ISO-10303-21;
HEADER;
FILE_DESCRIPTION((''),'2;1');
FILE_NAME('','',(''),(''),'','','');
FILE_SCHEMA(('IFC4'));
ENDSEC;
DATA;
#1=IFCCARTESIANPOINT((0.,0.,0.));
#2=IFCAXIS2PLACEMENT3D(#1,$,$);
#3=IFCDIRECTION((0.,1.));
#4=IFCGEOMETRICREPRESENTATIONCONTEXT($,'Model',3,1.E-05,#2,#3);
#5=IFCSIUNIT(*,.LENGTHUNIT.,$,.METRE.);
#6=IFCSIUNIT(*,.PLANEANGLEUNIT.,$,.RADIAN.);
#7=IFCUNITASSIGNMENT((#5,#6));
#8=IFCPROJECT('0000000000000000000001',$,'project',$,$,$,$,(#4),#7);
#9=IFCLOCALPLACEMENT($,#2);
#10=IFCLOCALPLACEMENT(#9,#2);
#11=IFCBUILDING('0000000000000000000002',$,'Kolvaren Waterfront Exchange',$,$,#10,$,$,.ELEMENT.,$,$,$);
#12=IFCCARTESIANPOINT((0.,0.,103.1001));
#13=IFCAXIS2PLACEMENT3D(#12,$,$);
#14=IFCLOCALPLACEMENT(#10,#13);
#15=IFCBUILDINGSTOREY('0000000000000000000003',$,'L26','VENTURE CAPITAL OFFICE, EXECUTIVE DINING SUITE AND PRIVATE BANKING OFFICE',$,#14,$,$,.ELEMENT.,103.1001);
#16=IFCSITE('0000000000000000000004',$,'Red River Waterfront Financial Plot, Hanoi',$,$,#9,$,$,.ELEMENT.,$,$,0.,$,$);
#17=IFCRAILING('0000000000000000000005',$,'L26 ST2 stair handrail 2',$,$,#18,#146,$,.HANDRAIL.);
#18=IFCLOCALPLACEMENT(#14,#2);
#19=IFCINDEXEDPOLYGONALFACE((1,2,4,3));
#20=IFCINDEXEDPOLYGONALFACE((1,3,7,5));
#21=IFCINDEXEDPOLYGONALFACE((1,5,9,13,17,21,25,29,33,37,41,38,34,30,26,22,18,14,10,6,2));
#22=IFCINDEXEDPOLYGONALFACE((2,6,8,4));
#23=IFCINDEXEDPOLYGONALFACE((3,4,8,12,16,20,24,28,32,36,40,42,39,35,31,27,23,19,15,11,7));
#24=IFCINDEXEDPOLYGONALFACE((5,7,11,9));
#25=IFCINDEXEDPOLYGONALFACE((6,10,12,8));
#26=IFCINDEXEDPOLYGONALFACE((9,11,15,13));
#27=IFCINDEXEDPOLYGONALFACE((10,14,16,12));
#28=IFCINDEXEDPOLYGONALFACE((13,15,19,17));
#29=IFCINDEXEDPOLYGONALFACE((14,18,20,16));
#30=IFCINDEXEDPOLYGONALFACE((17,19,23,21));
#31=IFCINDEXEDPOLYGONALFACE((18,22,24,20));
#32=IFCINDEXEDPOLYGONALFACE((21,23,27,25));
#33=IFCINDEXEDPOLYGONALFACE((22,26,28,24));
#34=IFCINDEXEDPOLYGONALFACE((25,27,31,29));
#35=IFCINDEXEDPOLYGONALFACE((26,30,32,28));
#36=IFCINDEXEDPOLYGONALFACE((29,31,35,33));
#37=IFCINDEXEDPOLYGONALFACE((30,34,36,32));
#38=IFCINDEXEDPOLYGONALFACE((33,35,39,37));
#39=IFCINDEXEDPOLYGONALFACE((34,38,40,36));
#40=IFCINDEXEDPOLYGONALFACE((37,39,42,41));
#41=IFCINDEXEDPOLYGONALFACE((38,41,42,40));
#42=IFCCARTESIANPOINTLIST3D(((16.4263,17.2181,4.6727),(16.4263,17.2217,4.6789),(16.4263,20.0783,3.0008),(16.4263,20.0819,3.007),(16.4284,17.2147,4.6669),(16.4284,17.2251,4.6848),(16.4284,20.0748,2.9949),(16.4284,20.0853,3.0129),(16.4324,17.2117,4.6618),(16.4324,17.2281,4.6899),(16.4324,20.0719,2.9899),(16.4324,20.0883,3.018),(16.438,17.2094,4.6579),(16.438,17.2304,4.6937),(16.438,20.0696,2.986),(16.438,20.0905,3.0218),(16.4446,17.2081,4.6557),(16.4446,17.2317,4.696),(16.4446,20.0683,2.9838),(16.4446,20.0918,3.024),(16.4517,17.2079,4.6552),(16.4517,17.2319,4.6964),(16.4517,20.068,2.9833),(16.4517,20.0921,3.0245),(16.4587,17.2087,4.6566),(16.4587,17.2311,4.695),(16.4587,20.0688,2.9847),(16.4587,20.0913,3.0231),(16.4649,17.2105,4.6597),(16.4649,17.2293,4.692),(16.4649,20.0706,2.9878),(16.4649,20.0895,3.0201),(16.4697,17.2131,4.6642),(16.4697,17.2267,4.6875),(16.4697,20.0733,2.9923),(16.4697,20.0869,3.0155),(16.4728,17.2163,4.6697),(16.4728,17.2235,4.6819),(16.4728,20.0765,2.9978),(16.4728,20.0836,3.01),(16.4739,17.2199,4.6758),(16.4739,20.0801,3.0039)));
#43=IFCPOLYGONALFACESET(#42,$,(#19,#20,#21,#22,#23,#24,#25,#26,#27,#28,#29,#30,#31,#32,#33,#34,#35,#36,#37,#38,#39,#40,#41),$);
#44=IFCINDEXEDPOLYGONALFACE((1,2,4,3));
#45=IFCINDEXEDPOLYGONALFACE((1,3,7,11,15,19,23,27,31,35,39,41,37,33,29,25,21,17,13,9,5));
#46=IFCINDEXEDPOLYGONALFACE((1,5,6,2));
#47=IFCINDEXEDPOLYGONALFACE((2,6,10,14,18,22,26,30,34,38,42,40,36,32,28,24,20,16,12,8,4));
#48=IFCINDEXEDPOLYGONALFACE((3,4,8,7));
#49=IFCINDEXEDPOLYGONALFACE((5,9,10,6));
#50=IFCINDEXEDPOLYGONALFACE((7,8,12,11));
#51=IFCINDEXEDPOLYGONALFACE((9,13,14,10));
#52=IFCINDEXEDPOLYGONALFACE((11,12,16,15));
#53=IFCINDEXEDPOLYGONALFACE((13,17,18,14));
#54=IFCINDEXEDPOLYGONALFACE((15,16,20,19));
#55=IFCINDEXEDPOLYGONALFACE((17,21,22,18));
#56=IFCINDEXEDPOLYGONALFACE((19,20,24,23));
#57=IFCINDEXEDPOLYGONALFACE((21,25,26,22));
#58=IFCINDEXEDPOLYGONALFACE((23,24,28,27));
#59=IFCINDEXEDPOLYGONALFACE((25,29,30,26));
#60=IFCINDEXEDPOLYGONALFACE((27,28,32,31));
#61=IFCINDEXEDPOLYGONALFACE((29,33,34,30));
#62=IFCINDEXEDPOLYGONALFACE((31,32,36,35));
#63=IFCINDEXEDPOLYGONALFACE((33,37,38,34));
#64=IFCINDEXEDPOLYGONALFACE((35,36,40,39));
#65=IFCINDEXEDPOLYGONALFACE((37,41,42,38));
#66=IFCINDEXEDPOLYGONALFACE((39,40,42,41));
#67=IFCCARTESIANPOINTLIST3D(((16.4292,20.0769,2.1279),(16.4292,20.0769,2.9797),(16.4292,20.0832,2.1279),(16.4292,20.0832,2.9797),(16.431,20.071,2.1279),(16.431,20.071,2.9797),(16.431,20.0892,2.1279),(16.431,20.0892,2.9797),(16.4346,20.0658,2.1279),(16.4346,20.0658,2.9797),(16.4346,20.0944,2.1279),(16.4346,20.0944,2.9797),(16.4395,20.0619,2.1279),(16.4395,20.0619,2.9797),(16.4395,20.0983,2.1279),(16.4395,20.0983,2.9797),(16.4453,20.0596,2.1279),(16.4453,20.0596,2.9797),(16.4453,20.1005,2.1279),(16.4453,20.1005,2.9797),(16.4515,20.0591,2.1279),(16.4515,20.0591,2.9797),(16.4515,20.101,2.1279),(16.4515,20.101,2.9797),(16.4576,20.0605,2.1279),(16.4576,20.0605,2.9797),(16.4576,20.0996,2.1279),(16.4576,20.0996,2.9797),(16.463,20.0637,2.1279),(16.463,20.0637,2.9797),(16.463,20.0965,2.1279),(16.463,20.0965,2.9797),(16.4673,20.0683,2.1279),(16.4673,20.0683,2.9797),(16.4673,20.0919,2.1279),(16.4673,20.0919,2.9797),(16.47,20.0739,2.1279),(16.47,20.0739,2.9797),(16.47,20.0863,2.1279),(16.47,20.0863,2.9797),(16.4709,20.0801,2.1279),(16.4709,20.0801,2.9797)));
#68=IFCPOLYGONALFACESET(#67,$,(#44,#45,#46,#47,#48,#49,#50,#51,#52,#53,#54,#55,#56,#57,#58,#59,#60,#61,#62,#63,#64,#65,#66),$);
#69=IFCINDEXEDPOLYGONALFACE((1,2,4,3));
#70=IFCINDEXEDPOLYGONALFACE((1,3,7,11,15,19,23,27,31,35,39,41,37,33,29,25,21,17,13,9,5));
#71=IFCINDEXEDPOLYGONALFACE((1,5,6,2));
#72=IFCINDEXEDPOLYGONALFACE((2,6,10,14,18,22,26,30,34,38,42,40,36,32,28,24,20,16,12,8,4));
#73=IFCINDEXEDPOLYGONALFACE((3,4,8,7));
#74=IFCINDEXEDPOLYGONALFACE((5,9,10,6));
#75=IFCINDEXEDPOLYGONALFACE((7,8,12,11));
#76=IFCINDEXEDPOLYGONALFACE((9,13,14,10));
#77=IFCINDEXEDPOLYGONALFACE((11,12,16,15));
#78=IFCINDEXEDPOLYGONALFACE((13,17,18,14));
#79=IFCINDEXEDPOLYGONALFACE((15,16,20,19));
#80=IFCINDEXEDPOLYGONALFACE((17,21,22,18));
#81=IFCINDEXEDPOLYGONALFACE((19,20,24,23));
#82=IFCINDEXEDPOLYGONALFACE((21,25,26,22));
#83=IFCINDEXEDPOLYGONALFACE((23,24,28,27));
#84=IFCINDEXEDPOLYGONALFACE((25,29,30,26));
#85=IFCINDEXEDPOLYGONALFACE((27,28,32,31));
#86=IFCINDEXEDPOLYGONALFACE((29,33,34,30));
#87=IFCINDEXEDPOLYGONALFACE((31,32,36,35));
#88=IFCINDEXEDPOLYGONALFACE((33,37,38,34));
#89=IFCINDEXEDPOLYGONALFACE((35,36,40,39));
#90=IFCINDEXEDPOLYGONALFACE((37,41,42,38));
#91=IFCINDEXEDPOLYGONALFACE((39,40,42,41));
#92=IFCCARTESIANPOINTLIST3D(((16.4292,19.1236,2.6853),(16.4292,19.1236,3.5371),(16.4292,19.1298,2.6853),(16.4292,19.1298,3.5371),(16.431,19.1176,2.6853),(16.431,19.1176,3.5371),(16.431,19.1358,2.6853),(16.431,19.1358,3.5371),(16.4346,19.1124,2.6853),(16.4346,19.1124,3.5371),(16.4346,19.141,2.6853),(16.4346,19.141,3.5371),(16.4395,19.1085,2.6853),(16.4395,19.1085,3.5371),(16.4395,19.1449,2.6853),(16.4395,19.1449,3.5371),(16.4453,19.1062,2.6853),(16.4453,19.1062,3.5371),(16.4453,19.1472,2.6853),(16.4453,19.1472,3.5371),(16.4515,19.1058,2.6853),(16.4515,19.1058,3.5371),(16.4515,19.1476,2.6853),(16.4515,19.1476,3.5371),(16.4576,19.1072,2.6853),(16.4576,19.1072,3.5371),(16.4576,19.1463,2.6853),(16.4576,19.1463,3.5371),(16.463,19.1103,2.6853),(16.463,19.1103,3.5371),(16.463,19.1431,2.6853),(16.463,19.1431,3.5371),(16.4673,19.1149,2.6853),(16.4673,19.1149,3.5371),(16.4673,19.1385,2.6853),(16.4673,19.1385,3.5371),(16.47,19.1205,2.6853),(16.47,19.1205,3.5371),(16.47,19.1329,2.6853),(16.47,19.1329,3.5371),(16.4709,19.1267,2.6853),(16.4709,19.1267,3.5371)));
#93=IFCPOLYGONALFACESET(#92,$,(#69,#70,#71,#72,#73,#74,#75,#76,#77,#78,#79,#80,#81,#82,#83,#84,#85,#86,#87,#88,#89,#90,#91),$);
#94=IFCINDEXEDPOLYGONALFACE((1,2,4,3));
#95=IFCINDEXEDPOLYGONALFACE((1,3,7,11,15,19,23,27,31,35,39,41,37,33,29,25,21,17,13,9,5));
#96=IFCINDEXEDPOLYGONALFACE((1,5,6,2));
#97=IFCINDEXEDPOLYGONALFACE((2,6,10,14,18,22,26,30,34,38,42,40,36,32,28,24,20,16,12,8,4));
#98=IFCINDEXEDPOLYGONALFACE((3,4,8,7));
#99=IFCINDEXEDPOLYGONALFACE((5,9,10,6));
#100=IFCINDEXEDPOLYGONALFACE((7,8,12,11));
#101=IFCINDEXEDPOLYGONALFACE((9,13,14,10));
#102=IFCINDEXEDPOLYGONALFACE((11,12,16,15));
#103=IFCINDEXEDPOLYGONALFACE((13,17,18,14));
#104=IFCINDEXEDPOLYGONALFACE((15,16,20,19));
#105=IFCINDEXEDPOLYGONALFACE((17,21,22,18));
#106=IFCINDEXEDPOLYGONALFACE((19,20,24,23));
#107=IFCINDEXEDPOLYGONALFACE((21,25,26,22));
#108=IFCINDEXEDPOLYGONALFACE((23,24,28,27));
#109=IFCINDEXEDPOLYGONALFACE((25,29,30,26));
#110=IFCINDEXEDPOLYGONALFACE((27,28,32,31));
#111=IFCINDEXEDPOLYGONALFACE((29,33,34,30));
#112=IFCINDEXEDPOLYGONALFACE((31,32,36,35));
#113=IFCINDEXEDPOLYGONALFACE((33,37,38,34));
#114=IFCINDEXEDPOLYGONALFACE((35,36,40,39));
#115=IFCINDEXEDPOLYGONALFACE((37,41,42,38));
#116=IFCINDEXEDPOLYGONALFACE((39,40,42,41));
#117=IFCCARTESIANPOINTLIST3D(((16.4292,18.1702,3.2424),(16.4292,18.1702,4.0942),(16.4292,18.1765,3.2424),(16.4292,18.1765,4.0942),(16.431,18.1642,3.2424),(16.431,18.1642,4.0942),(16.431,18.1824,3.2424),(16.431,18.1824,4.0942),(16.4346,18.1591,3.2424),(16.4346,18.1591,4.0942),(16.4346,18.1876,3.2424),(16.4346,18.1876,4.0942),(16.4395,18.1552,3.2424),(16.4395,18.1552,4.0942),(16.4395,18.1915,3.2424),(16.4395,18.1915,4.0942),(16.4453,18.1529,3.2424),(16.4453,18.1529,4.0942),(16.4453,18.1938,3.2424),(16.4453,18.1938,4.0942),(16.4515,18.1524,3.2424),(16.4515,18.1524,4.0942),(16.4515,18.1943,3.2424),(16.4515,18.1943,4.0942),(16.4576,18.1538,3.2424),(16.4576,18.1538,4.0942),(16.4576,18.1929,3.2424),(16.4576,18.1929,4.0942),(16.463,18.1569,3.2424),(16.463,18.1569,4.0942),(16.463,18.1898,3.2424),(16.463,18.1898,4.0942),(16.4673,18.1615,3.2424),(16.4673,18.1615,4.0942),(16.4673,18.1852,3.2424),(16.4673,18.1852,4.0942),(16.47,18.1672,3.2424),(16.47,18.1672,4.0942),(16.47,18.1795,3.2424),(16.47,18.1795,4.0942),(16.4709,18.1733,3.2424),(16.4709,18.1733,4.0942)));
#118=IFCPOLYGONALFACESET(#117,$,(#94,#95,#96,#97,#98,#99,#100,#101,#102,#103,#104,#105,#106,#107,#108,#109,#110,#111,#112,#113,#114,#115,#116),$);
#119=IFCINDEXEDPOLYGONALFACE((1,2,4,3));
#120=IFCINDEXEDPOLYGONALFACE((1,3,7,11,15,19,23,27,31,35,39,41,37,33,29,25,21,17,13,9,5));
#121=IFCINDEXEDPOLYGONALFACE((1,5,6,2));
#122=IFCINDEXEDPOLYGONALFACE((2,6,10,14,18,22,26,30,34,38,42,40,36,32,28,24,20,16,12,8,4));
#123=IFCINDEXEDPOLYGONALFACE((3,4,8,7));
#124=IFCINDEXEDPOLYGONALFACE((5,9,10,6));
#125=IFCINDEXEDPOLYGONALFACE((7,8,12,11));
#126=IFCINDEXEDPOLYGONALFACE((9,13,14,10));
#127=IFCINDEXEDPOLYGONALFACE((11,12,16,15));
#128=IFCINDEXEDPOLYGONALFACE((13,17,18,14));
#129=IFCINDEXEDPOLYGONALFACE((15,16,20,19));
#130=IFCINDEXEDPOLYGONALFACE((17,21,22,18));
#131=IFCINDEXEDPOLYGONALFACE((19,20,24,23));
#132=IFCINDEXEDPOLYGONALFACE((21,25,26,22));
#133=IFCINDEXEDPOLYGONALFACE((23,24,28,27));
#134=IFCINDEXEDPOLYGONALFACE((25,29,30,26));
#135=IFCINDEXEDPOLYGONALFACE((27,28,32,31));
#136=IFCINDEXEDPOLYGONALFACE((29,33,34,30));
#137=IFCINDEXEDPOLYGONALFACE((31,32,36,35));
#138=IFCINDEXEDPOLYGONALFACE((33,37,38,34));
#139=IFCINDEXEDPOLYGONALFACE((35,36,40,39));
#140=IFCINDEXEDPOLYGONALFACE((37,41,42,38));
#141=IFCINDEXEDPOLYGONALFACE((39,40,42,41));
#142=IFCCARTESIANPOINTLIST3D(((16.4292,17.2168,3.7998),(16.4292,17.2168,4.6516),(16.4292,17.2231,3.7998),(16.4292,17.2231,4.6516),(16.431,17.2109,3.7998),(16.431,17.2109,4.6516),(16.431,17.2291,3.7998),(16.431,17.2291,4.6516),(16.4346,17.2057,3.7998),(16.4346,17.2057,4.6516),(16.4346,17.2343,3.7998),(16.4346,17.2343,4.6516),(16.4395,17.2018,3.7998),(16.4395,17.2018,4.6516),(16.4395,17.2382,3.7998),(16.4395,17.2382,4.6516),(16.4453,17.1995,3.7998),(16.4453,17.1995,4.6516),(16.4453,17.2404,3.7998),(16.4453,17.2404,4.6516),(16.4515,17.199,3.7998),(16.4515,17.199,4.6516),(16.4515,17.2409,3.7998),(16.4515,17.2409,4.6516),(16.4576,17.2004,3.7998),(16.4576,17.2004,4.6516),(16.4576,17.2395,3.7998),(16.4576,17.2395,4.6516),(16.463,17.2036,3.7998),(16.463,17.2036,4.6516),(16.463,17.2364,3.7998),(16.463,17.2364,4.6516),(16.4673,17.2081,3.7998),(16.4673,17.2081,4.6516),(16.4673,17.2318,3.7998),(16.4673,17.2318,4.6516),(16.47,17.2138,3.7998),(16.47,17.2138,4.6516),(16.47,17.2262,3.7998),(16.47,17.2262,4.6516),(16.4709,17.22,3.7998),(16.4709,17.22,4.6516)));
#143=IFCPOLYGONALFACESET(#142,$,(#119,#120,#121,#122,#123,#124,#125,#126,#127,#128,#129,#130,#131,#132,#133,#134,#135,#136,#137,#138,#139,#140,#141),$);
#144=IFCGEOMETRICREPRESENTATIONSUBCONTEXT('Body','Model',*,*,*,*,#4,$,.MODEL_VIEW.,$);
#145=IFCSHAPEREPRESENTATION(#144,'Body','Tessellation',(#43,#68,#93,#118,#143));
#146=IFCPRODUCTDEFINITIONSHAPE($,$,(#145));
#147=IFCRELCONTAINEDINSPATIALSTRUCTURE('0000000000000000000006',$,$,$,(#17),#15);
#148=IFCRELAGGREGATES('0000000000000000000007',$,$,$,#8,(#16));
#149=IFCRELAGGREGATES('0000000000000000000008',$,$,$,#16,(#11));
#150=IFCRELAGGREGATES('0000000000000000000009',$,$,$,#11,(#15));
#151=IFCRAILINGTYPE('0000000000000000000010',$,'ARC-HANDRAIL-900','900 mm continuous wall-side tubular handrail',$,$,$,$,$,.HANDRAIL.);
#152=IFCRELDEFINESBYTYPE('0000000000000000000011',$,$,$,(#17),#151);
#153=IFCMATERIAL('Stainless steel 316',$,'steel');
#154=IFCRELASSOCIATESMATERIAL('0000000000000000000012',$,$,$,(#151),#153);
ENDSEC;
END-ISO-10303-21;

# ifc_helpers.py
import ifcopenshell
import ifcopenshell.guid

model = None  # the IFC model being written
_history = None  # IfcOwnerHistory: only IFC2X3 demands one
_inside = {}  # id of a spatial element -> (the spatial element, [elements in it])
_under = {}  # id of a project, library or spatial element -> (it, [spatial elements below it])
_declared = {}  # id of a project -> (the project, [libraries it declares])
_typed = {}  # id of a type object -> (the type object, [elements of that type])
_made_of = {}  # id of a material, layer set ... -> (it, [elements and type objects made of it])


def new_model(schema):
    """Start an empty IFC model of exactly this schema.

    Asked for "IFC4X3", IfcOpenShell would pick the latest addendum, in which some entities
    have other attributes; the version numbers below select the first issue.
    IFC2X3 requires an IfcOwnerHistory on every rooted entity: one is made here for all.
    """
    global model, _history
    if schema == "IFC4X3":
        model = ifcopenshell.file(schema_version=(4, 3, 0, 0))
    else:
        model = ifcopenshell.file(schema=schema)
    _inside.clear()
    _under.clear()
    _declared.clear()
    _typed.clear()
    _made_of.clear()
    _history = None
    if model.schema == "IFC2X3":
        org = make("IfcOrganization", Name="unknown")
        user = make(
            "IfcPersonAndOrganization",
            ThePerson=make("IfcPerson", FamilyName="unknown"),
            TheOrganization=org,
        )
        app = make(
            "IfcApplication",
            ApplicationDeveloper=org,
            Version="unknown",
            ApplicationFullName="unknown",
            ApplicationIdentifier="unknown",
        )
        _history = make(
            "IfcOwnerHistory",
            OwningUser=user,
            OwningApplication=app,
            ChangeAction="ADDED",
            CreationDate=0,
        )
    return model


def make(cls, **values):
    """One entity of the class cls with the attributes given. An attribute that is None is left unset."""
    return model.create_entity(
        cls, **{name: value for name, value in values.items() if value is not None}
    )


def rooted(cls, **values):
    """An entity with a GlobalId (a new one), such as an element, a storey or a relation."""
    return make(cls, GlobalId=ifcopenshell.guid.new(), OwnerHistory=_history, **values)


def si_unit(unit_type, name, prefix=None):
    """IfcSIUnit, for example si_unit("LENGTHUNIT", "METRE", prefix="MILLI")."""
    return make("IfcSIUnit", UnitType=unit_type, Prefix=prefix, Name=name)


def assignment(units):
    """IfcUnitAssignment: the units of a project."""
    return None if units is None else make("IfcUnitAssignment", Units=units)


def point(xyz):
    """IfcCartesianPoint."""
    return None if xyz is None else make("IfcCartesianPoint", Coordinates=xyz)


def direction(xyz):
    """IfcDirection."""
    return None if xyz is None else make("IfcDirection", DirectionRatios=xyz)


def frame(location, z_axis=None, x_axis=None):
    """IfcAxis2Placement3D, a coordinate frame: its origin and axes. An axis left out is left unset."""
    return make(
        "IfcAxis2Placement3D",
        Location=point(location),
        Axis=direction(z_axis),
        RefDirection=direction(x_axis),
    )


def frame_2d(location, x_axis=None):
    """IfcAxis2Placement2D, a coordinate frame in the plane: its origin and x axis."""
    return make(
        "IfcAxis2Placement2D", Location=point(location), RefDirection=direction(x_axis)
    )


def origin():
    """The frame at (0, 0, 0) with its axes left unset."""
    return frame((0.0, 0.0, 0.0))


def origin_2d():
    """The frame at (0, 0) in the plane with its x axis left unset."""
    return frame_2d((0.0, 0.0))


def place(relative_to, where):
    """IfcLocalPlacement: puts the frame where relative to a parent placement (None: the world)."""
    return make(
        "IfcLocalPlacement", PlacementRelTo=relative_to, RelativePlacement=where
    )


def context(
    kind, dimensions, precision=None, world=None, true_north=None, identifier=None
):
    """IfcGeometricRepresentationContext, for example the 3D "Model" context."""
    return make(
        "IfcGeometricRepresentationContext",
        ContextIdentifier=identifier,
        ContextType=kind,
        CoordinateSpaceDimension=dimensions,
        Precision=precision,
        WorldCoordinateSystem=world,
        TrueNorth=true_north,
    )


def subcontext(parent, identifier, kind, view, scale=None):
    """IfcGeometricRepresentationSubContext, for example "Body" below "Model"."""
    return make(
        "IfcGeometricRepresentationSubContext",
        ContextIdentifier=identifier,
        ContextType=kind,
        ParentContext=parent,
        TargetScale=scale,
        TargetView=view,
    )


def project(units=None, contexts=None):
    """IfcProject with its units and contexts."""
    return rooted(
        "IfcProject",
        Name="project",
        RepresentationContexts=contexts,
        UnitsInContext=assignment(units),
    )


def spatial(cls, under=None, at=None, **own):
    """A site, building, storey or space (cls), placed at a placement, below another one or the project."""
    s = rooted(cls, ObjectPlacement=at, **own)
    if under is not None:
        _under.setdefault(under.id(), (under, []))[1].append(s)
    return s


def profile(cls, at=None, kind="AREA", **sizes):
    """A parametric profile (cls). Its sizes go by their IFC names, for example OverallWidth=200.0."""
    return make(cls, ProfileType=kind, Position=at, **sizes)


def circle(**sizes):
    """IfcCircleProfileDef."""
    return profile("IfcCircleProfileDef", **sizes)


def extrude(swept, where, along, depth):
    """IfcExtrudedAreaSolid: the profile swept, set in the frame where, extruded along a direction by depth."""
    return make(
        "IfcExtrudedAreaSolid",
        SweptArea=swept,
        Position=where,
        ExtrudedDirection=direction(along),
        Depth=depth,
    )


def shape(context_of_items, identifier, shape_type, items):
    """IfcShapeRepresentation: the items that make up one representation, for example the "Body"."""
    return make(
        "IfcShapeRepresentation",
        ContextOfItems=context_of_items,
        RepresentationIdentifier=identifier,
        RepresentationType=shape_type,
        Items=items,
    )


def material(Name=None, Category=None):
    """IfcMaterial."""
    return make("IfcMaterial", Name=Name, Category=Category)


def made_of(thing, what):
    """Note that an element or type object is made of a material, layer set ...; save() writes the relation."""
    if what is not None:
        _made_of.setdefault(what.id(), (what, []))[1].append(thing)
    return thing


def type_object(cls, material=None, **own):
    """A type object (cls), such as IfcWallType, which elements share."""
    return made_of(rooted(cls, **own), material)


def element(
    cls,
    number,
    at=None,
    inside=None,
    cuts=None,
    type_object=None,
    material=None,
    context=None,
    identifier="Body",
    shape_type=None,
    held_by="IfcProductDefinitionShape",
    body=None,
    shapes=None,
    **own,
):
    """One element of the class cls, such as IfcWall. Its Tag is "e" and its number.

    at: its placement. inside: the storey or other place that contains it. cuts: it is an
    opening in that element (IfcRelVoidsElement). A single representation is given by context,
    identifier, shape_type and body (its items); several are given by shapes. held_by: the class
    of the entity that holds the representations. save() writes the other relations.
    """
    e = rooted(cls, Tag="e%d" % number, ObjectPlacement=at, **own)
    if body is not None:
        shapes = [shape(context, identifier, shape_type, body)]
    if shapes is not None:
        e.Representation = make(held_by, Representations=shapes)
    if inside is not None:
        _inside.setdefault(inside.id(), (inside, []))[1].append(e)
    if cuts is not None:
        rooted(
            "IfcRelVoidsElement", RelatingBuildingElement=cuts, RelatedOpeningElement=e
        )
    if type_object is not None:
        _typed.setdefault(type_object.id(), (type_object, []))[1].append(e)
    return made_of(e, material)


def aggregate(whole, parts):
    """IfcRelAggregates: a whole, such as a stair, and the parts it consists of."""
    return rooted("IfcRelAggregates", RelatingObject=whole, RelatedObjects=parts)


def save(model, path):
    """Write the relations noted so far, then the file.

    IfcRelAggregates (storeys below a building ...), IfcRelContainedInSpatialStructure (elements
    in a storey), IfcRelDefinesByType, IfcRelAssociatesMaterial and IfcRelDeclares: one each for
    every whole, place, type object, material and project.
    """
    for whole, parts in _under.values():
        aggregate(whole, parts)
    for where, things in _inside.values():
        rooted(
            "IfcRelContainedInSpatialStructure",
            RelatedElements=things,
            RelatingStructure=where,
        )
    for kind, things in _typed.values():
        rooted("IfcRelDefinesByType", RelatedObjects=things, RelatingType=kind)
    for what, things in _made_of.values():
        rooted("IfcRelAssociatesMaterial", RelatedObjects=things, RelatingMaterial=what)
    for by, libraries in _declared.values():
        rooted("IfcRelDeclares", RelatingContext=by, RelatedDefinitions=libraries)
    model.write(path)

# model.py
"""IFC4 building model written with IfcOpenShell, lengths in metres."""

from ifc_helpers import new_model, si_unit, direction, frame, origin, origin_2d, place, context, subcontext, project, spatial, circle, extrude, material, type_object, element, save


model = new_model("IFC4")

# Units and contexts
model_context = context("Model", 3, precision=1e-05, world=origin(), true_north=direction((0.0, 1.0)))
body_context = subcontext(model_context, "Body", "Model", "MODEL_VIEW")
ifc_project = project(units=[si_unit("LENGTHUNIT", "METRE"), si_unit("PLANEANGLEUNIT", "RADIAN")], contexts=[model_context])

# Site, building, storey
site_placement = place(None, origin())
site = spatial("IfcSite", under=ifc_project, at=site_placement, Name="Red River Waterfront Financial Plot, Hanoi", CompositionType="ELEMENT", RefElevation=0.0)
building_placement = place(site_placement, origin())
building = spatial("IfcBuilding", under=site, at=building_placement, Name="Kolvaren Waterfront Exchange", CompositionType="ELEMENT")
storey_placement = place(building_placement, frame((0.0, 0.0, 103.1001)))
storey = spatial("IfcBuildingStorey", under=building, at=storey_placement, Name="L26", Description="VENTURE CAPITAL OFFICE, EXECUTIVE DINING SUITE AND PRIVATE BANKING OFFICE", CompositionType="ELEMENT", Elevation=103.1001)

# Railing
ifc_material_1 = material(Name="Stainless steel 316", Category="steel")
railing_type_1 = type_object("IfcRailingType", Name="ARC-HANDRAIL-900", Description="900 mm continuous wall-side tubular handrail", PredefinedType="HANDRAIL", material=ifc_material_1)
railing_1_placement = place(storey_placement, frame((16.45, 20.0801, 2.1279)))
element("IfcRailing", 1, at=railing_1_placement, inside=storey, type_object=railing_type_1, Name="L26 ST2 stair handrail 2", PredefinedType="HANDRAIL", context=body_context, shape_type="SweptSolid", body=[
    extrude(circle(Radius=0.0239, at=origin_2d()), frame((0.0, 0.0, 0.876), z_axis=(0.0, -0.863321, 0.504654), x_axis=(1.0, 0.0, 0.0)), (0.0, 0.0, 1.0), 3.313),
    extrude(circle(Radius=0.021, at=origin_2d()), origin(), (0.0, 0.0, 1.0), 0.8518),
    extrude(circle(Radius=0.021, at=origin_2d()), frame((0.0, -0.9534, 0.5574)), (0.0, 0.0, 1.0), 0.8518),
    extrude(circle(Radius=0.021, at=origin_2d()), frame((0.0, -1.9067, 1.1145)), (0.0, 0.0, 1.0), 0.8518),
    extrude(circle(Radius=0.021, at=origin_2d()), frame((0.0, -2.8601, 1.6719)), (0.0, 0.0, 1.0), 0.8518),
])

save(model, "model.ifc")
